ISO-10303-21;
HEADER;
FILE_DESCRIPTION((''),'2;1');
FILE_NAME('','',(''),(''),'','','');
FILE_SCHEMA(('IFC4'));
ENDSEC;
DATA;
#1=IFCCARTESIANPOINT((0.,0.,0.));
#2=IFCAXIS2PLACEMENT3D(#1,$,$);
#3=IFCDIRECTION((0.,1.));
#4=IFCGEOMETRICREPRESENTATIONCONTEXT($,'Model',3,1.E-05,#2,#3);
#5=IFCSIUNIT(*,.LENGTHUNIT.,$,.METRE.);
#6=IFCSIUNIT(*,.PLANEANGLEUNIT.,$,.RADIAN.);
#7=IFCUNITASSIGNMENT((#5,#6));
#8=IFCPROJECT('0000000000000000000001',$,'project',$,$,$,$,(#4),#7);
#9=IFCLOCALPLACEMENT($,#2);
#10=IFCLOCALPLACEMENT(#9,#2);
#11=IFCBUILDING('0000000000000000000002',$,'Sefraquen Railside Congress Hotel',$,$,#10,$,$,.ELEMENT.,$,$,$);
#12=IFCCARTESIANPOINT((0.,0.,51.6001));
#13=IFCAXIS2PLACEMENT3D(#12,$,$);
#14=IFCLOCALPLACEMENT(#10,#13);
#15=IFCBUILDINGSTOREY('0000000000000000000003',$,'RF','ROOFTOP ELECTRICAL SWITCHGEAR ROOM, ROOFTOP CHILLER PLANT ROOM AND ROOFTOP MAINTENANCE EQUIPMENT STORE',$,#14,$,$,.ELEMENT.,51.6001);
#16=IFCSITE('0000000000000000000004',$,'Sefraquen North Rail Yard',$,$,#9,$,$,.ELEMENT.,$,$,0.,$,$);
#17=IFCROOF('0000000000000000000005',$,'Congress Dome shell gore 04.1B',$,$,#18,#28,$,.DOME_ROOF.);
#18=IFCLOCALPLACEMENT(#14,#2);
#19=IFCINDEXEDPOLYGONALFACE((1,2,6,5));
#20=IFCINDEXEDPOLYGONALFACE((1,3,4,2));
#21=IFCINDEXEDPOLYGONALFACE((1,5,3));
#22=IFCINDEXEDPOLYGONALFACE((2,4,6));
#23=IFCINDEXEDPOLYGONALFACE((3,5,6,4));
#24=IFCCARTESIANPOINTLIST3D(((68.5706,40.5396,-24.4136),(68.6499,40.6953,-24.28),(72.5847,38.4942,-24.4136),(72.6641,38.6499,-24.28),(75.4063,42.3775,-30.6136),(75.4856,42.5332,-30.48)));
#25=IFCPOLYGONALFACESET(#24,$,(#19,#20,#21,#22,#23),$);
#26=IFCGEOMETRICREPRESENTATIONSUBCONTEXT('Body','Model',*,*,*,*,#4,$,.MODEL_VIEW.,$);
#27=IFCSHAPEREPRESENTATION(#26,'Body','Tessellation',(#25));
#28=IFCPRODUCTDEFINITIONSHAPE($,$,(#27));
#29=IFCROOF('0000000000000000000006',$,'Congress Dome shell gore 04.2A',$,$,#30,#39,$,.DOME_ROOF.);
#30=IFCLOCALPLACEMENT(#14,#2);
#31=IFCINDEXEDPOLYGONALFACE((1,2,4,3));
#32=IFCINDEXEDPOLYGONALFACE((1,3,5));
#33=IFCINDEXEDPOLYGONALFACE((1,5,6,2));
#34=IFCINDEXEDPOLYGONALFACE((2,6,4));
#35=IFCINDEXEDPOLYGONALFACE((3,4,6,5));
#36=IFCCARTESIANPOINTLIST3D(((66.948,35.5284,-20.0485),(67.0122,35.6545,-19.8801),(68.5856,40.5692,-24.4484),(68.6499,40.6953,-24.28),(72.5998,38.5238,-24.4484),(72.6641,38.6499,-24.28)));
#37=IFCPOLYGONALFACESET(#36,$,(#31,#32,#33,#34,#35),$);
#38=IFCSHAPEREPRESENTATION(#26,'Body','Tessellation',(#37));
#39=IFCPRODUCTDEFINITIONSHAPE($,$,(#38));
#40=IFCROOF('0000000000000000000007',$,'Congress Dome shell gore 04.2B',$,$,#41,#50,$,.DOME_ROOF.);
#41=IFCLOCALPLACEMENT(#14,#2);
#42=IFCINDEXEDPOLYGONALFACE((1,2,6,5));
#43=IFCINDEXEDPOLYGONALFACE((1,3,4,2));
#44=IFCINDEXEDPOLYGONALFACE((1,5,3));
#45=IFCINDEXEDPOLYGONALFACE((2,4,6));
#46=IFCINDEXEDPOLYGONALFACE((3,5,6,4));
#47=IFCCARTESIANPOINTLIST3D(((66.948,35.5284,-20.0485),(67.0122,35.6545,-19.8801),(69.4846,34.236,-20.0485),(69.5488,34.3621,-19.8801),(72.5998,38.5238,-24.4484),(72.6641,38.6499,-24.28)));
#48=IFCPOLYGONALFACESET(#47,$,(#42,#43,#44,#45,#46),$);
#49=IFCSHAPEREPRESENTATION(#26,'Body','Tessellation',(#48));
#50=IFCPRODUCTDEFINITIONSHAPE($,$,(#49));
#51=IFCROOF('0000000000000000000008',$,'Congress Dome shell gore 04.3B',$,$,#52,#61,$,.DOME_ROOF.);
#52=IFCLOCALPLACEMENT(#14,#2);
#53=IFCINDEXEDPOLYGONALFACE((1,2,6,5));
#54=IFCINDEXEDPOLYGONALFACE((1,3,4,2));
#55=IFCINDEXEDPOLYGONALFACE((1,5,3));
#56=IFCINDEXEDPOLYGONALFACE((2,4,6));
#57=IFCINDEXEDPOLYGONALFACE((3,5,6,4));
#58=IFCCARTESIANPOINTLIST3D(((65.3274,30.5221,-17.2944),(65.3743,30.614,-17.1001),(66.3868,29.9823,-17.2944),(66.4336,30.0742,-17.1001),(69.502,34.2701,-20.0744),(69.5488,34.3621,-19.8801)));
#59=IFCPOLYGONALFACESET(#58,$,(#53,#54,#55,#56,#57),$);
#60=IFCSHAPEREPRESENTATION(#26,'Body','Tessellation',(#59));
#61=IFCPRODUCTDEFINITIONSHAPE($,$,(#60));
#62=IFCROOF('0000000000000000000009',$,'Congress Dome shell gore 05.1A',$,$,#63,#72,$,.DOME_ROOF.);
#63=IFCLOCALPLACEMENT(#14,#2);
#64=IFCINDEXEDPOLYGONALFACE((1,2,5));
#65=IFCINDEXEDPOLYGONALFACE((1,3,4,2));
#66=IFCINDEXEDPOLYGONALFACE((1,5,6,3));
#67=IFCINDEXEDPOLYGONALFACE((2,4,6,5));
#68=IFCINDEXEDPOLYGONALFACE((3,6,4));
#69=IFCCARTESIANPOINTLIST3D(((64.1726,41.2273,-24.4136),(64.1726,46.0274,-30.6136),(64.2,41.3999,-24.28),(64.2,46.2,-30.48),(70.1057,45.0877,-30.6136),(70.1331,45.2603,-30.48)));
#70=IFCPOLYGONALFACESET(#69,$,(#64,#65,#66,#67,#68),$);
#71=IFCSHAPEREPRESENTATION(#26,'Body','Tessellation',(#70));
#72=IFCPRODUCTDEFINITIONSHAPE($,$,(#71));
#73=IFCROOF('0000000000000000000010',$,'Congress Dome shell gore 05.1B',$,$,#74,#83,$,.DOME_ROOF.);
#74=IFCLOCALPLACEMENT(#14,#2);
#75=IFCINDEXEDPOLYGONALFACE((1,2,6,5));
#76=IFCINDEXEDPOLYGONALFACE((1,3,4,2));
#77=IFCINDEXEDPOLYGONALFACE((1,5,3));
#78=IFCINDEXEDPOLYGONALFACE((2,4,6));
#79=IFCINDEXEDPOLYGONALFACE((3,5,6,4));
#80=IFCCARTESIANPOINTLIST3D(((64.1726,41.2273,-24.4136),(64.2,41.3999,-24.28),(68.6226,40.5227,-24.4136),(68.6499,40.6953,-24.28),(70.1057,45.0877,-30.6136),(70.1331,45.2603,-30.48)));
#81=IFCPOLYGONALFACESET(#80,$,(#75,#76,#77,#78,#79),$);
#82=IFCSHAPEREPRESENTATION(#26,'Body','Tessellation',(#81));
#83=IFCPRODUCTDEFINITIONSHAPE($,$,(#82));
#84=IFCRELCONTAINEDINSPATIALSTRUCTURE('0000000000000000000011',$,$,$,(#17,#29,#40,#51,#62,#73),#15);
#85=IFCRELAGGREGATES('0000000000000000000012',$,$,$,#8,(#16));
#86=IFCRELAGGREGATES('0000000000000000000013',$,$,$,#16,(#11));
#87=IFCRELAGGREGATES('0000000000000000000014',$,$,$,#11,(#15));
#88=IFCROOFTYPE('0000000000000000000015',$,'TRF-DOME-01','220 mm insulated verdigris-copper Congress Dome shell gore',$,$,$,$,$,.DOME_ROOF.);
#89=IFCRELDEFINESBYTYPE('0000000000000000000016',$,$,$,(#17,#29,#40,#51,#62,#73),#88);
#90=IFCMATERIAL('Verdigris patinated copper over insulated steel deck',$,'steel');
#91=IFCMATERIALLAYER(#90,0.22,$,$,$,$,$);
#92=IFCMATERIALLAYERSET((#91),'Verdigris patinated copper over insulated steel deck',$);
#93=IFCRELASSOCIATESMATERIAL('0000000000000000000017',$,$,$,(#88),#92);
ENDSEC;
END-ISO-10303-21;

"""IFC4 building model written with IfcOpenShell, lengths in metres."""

from ifc_helpers import new_model, si_unit, direction, frame, origin, place, context, subcontext, project, spatial, polyline, outline, extrude, material, layer, layer_set, type_object, element, save


model = new_model("IFC4")

# Units and contexts
model_context = context("Model", 3, precision=1e-05, world=origin(), true_north=direction((0.0, 1.0)))
body_context = subcontext(model_context, "Body", "Model", "MODEL_VIEW")
ifc_project = project(units=[si_unit("LENGTHUNIT", "METRE"), si_unit("PLANEANGLEUNIT", "RADIAN")], contexts=[model_context])

# Site, building, storey
site_placement = place(None, origin())
site = spatial("IfcSite", under=ifc_project, at=site_placement, Name="Sefraquen North Rail Yard", CompositionType="ELEMENT", RefElevation=0.0)
building_placement = place(site_placement, origin())
building = spatial("IfcBuilding", under=site, at=building_placement, Name="Sefraquen Railside Congress Hotel", CompositionType="ELEMENT")
storey_placement = place(building_placement, frame((0.0, 0.0, 51.6001)))
storey = spatial("IfcBuildingStorey", under=building, at=storey_placement, Name="RF", Description="ROOFTOP ELECTRICAL SWITCHGEAR ROOM, ROOFTOP CHILLER PLANT ROOM AND ROOFTOP MAINTENANCE EQUIPMENT STORE", CompositionType="ELEMENT", Elevation=51.6001)

# Roofs
ifc_material = material(Name="Verdigris patinated copper over insulated steel deck", Category="steel")
ifc_layer = layer(ifc_material, 0.22)
ifc_layer_set = layer_set([ifc_layer], Name="Verdigris patinated copper over insulated steel deck")
roof_type = type_object("IfcRoofType", Name="TRF-DOME-01", Description="220 mm insulated verdigris-copper Congress Dome shell gore", PredefinedType="DOME_ROOF", material=ifc_layer_set)
roof_1_placement = place(storey_placement, frame((75.4856, 42.5332, -30.48), z_axis=(0.360648, 0.707778, 0.60744), x_axis=(-0.726446, -0.195317, 0.658884)))
element("IfcRoof", 1, at=roof_1_placement, inside=storey, type_object=roof_type, Name="Congress Dome shell gore 04.1B", PredefinedType="DOME_ROOF", context=body_context, shape_type="SweptSolid", body=[
    extrude(outline(polyline([(0.0, 0.0), (9.4098, 0.0), (6.8932, 3.7369), (0.0, 0.0)])), origin(), (0.0, 0.0, -1.0), 0.22),
])
roof_2_placement = place(storey_placement, frame((72.6641, 38.6499, -24.28), z_axis=(0.292116, 0.573284, 0.765515), x_axis=(-0.890998, 0.454007, 0.0)))
element("IfcRoof", 2, at=roof_2_placement, inside=storey, type_object=roof_type, Name="Congress Dome shell gore 04.2A", PredefinedType="DOME_ROOF", context=body_context, shape_type="SweptSolid", body=[
    extrude(outline(polyline([(0.0, 0.0), (4.5052, 0.0), (3.6759, 6.8383), (0.0, 0.0)])), origin(), (0.0, 0.0, -1.0), 0.22),
])
roof_3_placement = place(storey_placement, frame((72.6641, 38.6499, -24.28), z_axis=(0.292109, 0.573293, 0.765512), x_axis=(-0.727986, -0.385817, 0.566729)))
element("IfcRoof", 3, at=roof_3_placement, inside=storey, type_object=roof_type, Name="Congress Dome shell gore 04.2B", PredefinedType="DOME_ROOF", context=body_context, shape_type="SweptSolid", body=[
    extrude(outline(polyline([(0.0, 0.0), (7.7637, 0.0), (6.4157, 2.5076), (0.0, 0.0)])), origin(), (0.0, 0.0, -1.0), 0.22),
])
roof_4_placement = place(storey_placement, frame((69.5488, 34.3621, -19.8801), z_axis=(0.212947, 0.417901, 0.883183), x_axis=(-0.666729, -0.598609, 0.444005)))
element("IfcRoof", 4, at=roof_4_placement, inside=storey, type_object=roof_type, Name="Congress Dome shell gore 04.3B", PredefinedType="DOME_ROOF", context=body_context, shape_type="SweptSolid", body=[
    extrude(outline(polyline([(0.0, 0.0), (6.2613, 0.0), (5.8781, 1.1255), (0.0, 0.0)])), origin(), (0.0, 0.0, -1.0), 0.22),
])
roof_5_placement = place(storey_placement, frame((70.1331, 45.2603, -30.48), z_axis=(0.124265, 0.78459, 0.607435), x_axis=(-0.987689, 0.156432, 0.0)))
element("IfcRoof", 5, at=roof_5_placement, inside=storey, type_object=roof_type, Name="Congress Dome shell gore 05.1A", PredefinedType="DOME_ROOF", context=body_context, shape_type="SweptSolid", body=[
    extrude(outline(polyline([(0.0, 0.0), (6.0071, 0.0), (5.2562, 7.8049), (0.0, 0.0)])), origin(), (0.0, 0.0, -1.0), 0.22),
])
roof_6_placement = place(storey_placement, frame((70.1331, 45.2603, -30.48), z_axis=(0.124232, 0.784609, 0.607416), x_axis=(-0.630527, -0.41025, 0.658886)))
element("IfcRoof", 6, at=roof_6_placement, inside=storey, type_object=roof_type, Name="Congress Dome shell gore 05.1B", PredefinedType="DOME_ROOF", context=body_context, shape_type="SweptSolid", body=[
    extrude(outline(polyline([(0.0, 0.0), (9.4098, 0.0), (6.893, 3.7369), (0.0, 0.0)])), origin(), (0.0, 0.0, -1.0), 0.22),
])

save(model, "model.ifc")
